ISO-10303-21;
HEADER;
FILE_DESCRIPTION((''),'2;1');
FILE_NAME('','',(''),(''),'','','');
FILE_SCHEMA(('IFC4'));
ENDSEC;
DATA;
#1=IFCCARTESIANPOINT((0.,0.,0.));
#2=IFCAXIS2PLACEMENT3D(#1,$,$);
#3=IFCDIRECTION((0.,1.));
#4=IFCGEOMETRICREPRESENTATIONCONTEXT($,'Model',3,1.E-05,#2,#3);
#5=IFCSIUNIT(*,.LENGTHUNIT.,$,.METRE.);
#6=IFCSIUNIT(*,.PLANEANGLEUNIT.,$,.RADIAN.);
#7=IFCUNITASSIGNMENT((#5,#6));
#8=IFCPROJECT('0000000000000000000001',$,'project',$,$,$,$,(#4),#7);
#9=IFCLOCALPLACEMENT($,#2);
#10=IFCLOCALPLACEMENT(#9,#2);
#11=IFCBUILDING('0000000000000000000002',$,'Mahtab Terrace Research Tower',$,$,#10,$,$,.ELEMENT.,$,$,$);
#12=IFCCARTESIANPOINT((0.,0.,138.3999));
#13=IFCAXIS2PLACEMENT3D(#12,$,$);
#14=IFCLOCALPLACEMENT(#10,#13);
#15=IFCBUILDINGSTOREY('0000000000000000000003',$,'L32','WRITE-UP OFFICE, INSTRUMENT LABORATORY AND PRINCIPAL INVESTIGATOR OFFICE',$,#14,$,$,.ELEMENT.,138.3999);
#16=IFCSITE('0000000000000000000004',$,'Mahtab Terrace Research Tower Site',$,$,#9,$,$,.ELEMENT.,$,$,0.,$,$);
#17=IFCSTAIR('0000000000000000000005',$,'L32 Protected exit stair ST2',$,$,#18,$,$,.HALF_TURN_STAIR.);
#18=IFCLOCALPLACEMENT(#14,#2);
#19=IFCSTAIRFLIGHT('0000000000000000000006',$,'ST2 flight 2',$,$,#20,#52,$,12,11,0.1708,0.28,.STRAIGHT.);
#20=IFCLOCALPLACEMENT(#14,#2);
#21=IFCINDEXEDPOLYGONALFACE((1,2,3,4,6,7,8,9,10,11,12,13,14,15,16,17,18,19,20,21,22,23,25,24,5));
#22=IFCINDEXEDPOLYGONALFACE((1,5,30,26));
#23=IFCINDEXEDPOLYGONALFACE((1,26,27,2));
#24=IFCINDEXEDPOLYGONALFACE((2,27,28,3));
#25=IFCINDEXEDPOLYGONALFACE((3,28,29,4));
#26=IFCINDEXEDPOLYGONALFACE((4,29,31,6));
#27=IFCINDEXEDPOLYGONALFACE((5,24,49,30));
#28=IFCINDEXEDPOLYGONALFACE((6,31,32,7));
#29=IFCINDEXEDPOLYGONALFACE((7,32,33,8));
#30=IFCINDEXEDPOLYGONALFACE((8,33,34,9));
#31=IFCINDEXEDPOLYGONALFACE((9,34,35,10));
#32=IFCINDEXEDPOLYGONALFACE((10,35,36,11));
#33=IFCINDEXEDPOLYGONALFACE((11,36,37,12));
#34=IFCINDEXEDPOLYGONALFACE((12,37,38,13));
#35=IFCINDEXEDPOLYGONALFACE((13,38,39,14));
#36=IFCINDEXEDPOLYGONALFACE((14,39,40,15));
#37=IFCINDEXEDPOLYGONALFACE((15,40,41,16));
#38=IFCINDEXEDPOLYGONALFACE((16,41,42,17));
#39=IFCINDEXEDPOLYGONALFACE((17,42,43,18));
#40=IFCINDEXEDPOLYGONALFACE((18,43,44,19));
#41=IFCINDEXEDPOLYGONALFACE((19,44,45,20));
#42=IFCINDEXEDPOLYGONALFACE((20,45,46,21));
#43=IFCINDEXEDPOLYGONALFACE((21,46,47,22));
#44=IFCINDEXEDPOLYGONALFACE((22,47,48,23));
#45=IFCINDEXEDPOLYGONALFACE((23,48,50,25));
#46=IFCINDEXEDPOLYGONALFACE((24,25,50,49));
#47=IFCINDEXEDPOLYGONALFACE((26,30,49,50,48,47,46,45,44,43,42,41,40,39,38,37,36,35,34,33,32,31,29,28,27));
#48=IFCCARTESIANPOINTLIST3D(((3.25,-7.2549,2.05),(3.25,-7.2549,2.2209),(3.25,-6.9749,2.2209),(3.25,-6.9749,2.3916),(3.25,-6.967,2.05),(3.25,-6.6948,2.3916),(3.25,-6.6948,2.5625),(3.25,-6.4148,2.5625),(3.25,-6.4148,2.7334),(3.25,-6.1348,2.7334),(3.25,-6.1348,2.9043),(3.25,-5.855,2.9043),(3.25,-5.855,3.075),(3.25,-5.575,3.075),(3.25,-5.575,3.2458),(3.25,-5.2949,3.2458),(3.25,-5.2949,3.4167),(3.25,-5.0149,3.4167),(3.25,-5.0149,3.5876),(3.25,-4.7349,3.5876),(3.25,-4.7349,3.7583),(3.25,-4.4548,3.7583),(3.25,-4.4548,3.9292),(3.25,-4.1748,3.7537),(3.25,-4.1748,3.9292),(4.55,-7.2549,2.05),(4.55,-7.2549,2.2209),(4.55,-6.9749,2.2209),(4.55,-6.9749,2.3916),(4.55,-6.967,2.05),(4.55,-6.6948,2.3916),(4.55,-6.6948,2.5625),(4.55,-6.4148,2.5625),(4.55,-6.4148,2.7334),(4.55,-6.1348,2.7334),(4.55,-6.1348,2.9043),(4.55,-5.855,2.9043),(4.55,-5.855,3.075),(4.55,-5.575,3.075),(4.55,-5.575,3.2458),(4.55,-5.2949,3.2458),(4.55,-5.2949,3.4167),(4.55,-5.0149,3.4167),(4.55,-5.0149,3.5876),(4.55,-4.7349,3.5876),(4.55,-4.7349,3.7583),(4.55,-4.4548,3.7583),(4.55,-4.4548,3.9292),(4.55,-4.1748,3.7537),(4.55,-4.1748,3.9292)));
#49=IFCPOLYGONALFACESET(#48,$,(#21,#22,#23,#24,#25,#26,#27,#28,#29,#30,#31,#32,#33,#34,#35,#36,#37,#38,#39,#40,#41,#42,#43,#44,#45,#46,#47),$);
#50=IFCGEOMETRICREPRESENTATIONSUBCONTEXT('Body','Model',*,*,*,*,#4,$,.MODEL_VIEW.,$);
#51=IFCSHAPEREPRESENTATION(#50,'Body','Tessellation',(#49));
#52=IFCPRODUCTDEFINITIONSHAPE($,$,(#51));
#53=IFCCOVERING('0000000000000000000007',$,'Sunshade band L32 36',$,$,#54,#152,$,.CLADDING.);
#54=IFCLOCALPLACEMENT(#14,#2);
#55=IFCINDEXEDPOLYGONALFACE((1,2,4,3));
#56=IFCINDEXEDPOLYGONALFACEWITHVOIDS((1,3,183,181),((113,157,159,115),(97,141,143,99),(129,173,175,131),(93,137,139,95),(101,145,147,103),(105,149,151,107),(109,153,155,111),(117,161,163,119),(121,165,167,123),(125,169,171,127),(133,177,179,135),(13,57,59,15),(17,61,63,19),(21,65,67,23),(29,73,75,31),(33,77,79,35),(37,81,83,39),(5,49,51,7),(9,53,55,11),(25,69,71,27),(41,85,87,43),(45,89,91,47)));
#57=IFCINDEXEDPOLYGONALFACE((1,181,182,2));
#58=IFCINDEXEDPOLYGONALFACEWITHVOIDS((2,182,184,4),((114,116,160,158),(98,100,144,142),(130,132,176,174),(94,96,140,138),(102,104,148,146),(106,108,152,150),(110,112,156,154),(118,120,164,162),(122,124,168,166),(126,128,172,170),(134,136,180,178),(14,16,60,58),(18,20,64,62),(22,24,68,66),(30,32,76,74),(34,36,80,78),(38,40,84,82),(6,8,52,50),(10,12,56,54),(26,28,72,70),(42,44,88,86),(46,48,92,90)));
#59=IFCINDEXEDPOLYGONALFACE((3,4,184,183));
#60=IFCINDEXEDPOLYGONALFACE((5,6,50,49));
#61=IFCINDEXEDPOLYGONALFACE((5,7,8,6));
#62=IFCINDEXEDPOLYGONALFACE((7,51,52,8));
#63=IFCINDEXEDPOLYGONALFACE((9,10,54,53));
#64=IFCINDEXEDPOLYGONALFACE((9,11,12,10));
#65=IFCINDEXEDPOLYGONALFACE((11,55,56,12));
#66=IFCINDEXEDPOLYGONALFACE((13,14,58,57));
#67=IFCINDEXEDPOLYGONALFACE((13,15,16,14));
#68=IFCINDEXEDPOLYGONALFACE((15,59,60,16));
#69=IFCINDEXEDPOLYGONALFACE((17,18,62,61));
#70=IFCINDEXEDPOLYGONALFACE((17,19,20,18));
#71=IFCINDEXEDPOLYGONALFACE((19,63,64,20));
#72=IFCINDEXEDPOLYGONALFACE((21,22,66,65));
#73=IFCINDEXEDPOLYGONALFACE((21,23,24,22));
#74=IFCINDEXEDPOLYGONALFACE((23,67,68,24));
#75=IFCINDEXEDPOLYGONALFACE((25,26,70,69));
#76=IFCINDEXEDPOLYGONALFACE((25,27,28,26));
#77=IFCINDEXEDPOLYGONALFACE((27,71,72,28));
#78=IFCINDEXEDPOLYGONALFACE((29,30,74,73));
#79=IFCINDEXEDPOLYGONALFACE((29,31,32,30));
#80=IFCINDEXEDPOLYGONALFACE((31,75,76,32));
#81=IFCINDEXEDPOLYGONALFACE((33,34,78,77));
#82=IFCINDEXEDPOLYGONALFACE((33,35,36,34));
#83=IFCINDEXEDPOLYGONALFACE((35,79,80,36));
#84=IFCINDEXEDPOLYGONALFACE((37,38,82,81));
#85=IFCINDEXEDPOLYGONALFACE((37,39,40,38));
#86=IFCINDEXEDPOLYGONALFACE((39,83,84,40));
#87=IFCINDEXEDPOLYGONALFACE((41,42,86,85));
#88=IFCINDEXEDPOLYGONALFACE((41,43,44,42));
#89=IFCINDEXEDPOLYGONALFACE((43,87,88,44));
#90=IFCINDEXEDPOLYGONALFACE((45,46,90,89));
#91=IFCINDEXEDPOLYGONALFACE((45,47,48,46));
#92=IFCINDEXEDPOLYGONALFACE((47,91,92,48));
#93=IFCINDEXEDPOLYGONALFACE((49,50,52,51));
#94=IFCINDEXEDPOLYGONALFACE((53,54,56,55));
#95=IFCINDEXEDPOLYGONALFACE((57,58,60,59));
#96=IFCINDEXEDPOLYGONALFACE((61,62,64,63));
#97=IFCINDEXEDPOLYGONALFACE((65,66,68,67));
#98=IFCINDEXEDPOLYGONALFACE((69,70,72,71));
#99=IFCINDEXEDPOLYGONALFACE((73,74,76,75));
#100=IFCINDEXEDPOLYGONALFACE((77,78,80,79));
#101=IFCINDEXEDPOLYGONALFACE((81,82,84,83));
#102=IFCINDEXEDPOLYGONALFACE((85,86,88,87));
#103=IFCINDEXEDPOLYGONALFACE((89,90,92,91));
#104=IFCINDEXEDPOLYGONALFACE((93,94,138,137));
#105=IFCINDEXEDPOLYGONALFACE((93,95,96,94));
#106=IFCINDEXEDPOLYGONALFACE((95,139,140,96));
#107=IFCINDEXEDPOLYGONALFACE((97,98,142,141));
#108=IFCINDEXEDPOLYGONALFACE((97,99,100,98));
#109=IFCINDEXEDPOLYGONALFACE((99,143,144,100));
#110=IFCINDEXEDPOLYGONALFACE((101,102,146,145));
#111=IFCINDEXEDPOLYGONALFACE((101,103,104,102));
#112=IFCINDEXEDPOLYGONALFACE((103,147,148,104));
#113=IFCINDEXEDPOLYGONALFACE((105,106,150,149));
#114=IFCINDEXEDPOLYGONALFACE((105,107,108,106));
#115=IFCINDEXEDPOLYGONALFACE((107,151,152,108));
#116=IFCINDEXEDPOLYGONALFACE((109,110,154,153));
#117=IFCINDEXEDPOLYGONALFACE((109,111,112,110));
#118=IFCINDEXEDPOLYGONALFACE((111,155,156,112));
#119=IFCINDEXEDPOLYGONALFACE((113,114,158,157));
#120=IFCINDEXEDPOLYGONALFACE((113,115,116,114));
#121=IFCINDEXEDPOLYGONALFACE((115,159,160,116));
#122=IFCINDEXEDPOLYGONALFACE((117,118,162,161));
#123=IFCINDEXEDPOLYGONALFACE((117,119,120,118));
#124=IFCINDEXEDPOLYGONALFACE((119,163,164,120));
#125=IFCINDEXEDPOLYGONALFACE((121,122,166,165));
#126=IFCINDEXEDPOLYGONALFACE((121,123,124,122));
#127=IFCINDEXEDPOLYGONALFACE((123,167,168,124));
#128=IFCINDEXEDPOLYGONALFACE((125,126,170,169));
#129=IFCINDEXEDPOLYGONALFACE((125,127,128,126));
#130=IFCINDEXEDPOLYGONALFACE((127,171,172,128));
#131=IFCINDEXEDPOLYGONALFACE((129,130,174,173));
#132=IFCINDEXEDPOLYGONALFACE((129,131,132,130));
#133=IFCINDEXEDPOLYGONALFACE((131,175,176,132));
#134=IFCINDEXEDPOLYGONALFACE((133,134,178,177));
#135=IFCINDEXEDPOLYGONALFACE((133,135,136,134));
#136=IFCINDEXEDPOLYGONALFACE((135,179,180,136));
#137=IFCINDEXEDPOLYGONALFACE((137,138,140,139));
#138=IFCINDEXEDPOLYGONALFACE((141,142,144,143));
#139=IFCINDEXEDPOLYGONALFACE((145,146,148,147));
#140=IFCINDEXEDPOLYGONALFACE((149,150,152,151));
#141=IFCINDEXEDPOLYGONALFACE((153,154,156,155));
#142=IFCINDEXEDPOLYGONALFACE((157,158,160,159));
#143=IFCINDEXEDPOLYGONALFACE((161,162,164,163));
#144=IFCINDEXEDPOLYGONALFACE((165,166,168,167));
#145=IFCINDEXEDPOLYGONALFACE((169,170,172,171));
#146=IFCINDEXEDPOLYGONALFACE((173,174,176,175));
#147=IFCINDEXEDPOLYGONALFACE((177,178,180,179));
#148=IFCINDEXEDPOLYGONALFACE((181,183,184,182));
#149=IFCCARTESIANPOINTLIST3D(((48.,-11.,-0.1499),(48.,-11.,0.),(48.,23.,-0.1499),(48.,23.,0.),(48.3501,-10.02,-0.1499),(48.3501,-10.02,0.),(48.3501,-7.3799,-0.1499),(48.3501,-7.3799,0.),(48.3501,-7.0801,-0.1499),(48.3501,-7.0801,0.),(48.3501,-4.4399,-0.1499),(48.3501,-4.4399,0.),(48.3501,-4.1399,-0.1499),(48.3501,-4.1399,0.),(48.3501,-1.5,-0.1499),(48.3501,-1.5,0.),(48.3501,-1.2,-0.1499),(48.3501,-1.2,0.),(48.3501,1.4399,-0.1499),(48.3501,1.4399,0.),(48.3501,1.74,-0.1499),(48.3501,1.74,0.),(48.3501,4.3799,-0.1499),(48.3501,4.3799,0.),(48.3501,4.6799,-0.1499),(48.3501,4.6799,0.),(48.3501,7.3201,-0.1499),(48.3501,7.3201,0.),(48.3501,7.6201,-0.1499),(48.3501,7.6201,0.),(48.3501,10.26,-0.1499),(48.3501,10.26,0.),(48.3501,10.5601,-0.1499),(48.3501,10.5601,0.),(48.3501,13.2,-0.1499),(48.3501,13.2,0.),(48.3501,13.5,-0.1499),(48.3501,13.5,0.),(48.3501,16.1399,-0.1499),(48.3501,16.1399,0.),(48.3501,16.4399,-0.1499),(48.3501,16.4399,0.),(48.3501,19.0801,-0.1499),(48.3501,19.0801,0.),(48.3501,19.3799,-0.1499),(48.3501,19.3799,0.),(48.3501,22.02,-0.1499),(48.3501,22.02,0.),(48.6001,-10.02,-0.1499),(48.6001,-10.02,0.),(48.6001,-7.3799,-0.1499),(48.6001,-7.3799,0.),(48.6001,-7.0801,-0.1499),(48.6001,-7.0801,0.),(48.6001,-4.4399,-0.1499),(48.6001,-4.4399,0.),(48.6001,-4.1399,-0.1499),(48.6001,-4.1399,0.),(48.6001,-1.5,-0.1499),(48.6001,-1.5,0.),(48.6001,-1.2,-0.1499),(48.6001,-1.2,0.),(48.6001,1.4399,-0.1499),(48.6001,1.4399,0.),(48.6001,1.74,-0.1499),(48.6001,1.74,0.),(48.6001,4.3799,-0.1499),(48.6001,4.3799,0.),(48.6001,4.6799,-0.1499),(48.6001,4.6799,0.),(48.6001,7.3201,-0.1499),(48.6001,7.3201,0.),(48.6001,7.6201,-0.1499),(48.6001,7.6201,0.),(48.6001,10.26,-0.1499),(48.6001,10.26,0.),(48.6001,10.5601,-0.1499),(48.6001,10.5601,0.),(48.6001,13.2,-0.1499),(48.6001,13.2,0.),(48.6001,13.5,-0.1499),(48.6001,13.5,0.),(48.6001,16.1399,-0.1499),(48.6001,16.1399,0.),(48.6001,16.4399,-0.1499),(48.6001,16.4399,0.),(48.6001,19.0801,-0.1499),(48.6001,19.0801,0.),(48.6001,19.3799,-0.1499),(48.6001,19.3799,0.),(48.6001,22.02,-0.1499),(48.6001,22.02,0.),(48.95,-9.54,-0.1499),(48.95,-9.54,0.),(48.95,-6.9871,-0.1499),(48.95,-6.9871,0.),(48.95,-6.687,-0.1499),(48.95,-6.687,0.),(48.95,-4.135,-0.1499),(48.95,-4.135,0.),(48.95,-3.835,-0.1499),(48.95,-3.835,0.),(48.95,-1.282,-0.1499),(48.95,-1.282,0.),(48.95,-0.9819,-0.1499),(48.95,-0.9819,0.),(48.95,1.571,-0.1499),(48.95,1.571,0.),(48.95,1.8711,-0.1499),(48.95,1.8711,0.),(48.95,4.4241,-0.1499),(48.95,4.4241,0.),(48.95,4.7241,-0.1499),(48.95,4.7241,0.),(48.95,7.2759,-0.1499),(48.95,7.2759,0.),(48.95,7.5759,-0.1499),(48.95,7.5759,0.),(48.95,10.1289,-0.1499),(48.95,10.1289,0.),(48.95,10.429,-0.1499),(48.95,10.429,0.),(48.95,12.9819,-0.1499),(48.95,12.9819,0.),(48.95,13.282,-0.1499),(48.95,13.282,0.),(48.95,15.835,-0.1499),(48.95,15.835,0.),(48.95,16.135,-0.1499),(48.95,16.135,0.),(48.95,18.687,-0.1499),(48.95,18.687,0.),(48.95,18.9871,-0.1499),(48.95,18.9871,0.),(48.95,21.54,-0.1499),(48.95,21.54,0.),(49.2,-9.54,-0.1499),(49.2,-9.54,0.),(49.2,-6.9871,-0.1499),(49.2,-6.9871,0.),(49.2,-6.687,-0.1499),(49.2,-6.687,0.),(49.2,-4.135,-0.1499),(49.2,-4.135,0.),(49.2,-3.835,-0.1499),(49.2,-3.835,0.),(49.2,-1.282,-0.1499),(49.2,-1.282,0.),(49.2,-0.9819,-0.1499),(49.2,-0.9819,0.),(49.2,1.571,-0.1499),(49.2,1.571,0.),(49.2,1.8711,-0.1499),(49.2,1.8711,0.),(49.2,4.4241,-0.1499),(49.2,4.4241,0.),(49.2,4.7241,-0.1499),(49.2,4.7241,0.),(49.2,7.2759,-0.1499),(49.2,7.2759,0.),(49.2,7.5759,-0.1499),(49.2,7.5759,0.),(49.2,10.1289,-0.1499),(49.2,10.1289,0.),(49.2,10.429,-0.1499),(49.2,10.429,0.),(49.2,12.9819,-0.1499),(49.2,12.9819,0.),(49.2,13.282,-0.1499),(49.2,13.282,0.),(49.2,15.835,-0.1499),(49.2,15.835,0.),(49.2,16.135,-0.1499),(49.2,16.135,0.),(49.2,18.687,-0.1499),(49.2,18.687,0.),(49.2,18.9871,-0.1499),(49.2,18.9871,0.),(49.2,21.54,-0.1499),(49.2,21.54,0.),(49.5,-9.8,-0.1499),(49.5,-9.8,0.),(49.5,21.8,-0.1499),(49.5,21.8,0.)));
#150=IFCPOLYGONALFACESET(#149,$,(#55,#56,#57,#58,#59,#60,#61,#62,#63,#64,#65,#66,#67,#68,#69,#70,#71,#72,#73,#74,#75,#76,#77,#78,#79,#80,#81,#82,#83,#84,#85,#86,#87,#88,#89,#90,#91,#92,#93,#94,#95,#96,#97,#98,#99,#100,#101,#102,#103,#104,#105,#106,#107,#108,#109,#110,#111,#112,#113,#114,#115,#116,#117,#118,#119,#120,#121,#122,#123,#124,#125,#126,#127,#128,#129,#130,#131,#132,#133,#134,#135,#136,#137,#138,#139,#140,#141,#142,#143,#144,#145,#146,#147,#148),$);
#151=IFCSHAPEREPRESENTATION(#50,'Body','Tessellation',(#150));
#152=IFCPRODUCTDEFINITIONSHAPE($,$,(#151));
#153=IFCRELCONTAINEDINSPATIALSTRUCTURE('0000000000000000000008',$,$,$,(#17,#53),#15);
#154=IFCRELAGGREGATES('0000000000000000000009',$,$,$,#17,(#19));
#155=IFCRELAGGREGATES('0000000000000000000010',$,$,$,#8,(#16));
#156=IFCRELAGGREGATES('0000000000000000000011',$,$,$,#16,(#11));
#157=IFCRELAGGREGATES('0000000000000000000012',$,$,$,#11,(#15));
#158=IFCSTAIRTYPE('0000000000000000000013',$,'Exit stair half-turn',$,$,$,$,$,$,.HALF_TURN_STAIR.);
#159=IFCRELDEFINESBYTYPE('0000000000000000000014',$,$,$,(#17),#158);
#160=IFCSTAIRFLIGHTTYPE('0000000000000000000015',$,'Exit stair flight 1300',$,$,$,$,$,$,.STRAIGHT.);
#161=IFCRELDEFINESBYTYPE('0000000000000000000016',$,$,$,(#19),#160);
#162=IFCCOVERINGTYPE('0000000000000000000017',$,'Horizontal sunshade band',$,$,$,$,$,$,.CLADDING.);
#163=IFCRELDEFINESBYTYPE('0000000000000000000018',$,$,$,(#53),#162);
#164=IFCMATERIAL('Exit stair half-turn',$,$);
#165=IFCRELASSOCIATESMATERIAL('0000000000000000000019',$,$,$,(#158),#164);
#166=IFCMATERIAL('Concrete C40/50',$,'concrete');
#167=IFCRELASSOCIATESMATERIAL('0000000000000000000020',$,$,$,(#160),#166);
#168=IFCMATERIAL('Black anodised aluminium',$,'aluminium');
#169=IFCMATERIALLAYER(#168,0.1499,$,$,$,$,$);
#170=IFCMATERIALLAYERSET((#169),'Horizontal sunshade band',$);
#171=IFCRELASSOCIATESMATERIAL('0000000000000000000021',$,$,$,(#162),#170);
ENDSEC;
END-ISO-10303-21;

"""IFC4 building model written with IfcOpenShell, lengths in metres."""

from ifc_helpers import new_model, si_unit, direction, frame, origin, place, context, subcontext, project, spatial, polyline, outline, extrude, material, layer, layer_set, type_object, element, aggregate, save


model = new_model("IFC4")

# Units and contexts
model_context = context("Model", 3, precision=1e-05, world=origin(), true_north=direction((0.0, 1.0)))
body_context = subcontext(model_context, "Body", "Model", "MODEL_VIEW")
ifc_project = project(units=[si_unit("LENGTHUNIT", "METRE"), si_unit("PLANEANGLEUNIT", "RADIAN")], contexts=[model_context])

# Site, building, storey
site_placement = place(None, origin())
site = spatial("IfcSite", under=ifc_project, at=site_placement, Name="Mahtab Terrace Research Tower Site", CompositionType="ELEMENT", RefElevation=0.0)
building_placement = place(site_placement, origin())
building = spatial("IfcBuilding", under=site, at=building_placement, Name="Mahtab Terrace Research Tower", CompositionType="ELEMENT")
storey_placement = place(building_placement, frame((0.0, 0.0, 138.3999)))
storey = spatial("IfcBuildingStorey", under=building, at=storey_placement, Name="L32", Description="WRITE-UP OFFICE, INSTRUMENT LABORATORY AND PRINCIPAL INVESTIGATOR OFFICE", CompositionType="ELEMENT", Elevation=138.3999)

# Stair
ifc_material_1 = material(Name="Exit stair half-turn")
stair_type = type_object("IfcStairType", Name="Exit stair half-turn", PredefinedType="HALF_TURN_STAIR", material=ifc_material_1)
ifc_material_2 = material(Name="Concrete C40/50", Category="concrete")
stair_1_placement = place(storey_placement, origin())
stair_1 = element("IfcStair", 1, at=stair_1_placement, inside=storey, type_object=stair_type, Name="L32 Protected exit stair ST2", PredefinedType="HALF_TURN_STAIR")

# Stair flight
stair_flight_type = type_object("IfcStairFlightType", Name="Exit stair flight 1300", PredefinedType="STRAIGHT", material=ifc_material_2)
stair_flight_1_placement = place(storey_placement, frame((3.8999, -7.2549, 2.05), z_axis=(0.0, 0.0, 1.0), x_axis=(0.0, 1.0, 0.0)))
stair_flight_1 = element("IfcStairFlight", 2, at=stair_flight_1_placement, type_object=stair_flight_type, Name="ST2 flight 2", NumberOfRisers=12, NumberOfTreads=11, PredefinedType="STRAIGHT", RiserHeight=0.1708, TreadLength=0.28, context=body_context, shape_type="SweptSolid", body=[
    extrude(outline(polyline([(0.0, 0.0), (0.0, 0.1709), (0.28, 0.1709), (0.28, 0.3416), (0.5601, 0.3416), (0.5601, 0.5125), (0.8401, 0.5125), (0.8401, 0.6833), (1.1201, 0.6833), (1.1201, 0.8542), (1.3999, 0.8542), (1.3999, 1.0249), (1.6799, 1.0249), (1.6799, 1.1958), (1.96, 1.1958), (1.96, 1.3667), (2.24, 1.3667), (2.24, 1.5376), (2.52, 1.5376), (2.52, 1.7083), (2.8, 1.7083), (2.8, 1.8792), (3.0801, 1.8792), (3.0801, 2.05), (3.0801, 1.7036), (0.2878, 0.0), (0.0, 0.0)])), frame((0.0, 0.6499, 0.0), z_axis=(0.0, -1.0, 0.0), x_axis=(1.0, 0.0, 0.0)), (0.0, 0.0, 1.0), 1.3),
])
aggregate(stair_1, [stair_flight_1])

# Covering
ifc_material_3 = material(Name="Black anodised aluminium", Category="aluminium")
ifc_layer_1 = layer(ifc_material_3, 0.1499)
ifc_layer_set_1 = layer_set([ifc_layer_1], Name="Horizontal sunshade band")
covering_type = type_object("IfcCoveringType", Name="Horizontal sunshade band", PredefinedType="CLADDING", material=ifc_layer_set_1)
covering_placement = place(storey_placement, frame((0.0, 0.0, -0.1499)))
element("IfcCovering", 3, at=covering_placement, inside=storey, type_object=covering_type, Name="Sunshade band L32 36", PredefinedType="CLADDING", context=body_context, shape_type="SweptSolid", body=[
    extrude(outline(polyline([(48.0, -11.0), (48.0, 23.0), (49.5, 21.8), (49.5, -9.8), (48.0, -11.0)]), holes=[polyline([(48.3501, -10.02), (48.3501, -7.3799), (48.6001, -7.3799), (48.6001, -10.02), (48.3501, -10.02)]), polyline([(48.3501, -7.0801), (48.3501, -4.4399), (48.6001, -4.4399), (48.6001, -7.0801), (48.3501, -7.0801)]), polyline([(48.3501, -4.1399), (48.3501, -1.5), (48.6001, -1.5), (48.6001, -4.1399), (48.3501, -4.1399)]), polyline([(48.3501, -1.2), (48.3501, 1.4399), (48.6001, 1.4399), (48.6001, -1.2), (48.3501, -1.2)]), polyline([(48.3501, 1.74), (48.3501, 4.3799), (48.6001, 4.3799), (48.6001, 1.74), (48.3501, 1.74)]), polyline([(48.3501, 4.6799), (48.3501, 7.3201), (48.6001, 7.3201), (48.6001, 4.6799), (48.3501, 4.6799)]), polyline([(48.3501, 7.6201), (48.3501, 10.26), (48.6001, 10.26), (48.6001, 7.6201), (48.3501, 7.6201)]), polyline([(48.3501, 10.5601), (48.3501, 13.2), (48.6001, 13.2), (48.6001, 10.5601), (48.3501, 10.5601)]), polyline([(48.3501, 13.5), (48.3501, 16.1399), (48.6001, 16.1399), (48.6001, 13.5), (48.3501, 13.5)]), polyline([(48.3501, 16.4399), (48.3501, 19.0801), (48.6001, 19.0801), (48.6001, 16.4399), (48.3501, 16.4399)]), polyline([(48.3501, 19.3799), (48.3501, 22.02), (48.6001, 22.02), (48.6001, 19.3799), (48.3501, 19.3799)]), polyline([(48.95, -9.54), (48.95, -6.9871), (49.2, -6.9871), (49.2, -9.54), (48.95, -9.54)]), polyline([(48.95, -6.687), (48.95, -4.135), (49.2, -4.135), (49.2, -6.687), (48.95, -6.687)]), polyline([(48.95, -3.835), (48.95, -1.282), (49.2, -1.282), (49.2, -3.835), (48.95, -3.835)]), polyline([(48.95, -0.9819), (48.95, 1.571), (49.2, 1.571), (49.2, -0.9819), (48.95, -0.9819)]), polyline([(48.95, 1.8711), (48.95, 4.4241), (49.2, 4.4241), (49.2, 1.8711), (48.95, 1.8711)]), polyline([(48.95, 4.7241), (48.95, 7.2759), (49.2, 7.2759), (49.2, 4.7241), (48.95, 4.7241)]), polyline([(48.95, 7.5759), (48.95, 10.1289), (49.2, 10.1289), (49.2, 7.5759), (48.95, 7.5759)]), polyline([(48.95, 10.429), (48.95, 12.9819), (49.2, 12.9819), (49.2, 10.429), (48.95, 10.429)]), polyline([(48.95, 13.282), (48.95, 15.835), (49.2, 15.835), (49.2, 13.282), (48.95, 13.282)]), polyline([(48.95, 16.135), (48.95, 18.687), (49.2, 18.687), (49.2, 16.135), (48.95, 16.135)]), polyline([(48.95, 18.9871), (48.95, 21.54), (49.2, 21.54), (49.2, 18.9871), (48.95, 18.9871)])]), origin(), (0.0, 0.0, 1.0), 0.1499),
])

save(model, "model.ifc")
